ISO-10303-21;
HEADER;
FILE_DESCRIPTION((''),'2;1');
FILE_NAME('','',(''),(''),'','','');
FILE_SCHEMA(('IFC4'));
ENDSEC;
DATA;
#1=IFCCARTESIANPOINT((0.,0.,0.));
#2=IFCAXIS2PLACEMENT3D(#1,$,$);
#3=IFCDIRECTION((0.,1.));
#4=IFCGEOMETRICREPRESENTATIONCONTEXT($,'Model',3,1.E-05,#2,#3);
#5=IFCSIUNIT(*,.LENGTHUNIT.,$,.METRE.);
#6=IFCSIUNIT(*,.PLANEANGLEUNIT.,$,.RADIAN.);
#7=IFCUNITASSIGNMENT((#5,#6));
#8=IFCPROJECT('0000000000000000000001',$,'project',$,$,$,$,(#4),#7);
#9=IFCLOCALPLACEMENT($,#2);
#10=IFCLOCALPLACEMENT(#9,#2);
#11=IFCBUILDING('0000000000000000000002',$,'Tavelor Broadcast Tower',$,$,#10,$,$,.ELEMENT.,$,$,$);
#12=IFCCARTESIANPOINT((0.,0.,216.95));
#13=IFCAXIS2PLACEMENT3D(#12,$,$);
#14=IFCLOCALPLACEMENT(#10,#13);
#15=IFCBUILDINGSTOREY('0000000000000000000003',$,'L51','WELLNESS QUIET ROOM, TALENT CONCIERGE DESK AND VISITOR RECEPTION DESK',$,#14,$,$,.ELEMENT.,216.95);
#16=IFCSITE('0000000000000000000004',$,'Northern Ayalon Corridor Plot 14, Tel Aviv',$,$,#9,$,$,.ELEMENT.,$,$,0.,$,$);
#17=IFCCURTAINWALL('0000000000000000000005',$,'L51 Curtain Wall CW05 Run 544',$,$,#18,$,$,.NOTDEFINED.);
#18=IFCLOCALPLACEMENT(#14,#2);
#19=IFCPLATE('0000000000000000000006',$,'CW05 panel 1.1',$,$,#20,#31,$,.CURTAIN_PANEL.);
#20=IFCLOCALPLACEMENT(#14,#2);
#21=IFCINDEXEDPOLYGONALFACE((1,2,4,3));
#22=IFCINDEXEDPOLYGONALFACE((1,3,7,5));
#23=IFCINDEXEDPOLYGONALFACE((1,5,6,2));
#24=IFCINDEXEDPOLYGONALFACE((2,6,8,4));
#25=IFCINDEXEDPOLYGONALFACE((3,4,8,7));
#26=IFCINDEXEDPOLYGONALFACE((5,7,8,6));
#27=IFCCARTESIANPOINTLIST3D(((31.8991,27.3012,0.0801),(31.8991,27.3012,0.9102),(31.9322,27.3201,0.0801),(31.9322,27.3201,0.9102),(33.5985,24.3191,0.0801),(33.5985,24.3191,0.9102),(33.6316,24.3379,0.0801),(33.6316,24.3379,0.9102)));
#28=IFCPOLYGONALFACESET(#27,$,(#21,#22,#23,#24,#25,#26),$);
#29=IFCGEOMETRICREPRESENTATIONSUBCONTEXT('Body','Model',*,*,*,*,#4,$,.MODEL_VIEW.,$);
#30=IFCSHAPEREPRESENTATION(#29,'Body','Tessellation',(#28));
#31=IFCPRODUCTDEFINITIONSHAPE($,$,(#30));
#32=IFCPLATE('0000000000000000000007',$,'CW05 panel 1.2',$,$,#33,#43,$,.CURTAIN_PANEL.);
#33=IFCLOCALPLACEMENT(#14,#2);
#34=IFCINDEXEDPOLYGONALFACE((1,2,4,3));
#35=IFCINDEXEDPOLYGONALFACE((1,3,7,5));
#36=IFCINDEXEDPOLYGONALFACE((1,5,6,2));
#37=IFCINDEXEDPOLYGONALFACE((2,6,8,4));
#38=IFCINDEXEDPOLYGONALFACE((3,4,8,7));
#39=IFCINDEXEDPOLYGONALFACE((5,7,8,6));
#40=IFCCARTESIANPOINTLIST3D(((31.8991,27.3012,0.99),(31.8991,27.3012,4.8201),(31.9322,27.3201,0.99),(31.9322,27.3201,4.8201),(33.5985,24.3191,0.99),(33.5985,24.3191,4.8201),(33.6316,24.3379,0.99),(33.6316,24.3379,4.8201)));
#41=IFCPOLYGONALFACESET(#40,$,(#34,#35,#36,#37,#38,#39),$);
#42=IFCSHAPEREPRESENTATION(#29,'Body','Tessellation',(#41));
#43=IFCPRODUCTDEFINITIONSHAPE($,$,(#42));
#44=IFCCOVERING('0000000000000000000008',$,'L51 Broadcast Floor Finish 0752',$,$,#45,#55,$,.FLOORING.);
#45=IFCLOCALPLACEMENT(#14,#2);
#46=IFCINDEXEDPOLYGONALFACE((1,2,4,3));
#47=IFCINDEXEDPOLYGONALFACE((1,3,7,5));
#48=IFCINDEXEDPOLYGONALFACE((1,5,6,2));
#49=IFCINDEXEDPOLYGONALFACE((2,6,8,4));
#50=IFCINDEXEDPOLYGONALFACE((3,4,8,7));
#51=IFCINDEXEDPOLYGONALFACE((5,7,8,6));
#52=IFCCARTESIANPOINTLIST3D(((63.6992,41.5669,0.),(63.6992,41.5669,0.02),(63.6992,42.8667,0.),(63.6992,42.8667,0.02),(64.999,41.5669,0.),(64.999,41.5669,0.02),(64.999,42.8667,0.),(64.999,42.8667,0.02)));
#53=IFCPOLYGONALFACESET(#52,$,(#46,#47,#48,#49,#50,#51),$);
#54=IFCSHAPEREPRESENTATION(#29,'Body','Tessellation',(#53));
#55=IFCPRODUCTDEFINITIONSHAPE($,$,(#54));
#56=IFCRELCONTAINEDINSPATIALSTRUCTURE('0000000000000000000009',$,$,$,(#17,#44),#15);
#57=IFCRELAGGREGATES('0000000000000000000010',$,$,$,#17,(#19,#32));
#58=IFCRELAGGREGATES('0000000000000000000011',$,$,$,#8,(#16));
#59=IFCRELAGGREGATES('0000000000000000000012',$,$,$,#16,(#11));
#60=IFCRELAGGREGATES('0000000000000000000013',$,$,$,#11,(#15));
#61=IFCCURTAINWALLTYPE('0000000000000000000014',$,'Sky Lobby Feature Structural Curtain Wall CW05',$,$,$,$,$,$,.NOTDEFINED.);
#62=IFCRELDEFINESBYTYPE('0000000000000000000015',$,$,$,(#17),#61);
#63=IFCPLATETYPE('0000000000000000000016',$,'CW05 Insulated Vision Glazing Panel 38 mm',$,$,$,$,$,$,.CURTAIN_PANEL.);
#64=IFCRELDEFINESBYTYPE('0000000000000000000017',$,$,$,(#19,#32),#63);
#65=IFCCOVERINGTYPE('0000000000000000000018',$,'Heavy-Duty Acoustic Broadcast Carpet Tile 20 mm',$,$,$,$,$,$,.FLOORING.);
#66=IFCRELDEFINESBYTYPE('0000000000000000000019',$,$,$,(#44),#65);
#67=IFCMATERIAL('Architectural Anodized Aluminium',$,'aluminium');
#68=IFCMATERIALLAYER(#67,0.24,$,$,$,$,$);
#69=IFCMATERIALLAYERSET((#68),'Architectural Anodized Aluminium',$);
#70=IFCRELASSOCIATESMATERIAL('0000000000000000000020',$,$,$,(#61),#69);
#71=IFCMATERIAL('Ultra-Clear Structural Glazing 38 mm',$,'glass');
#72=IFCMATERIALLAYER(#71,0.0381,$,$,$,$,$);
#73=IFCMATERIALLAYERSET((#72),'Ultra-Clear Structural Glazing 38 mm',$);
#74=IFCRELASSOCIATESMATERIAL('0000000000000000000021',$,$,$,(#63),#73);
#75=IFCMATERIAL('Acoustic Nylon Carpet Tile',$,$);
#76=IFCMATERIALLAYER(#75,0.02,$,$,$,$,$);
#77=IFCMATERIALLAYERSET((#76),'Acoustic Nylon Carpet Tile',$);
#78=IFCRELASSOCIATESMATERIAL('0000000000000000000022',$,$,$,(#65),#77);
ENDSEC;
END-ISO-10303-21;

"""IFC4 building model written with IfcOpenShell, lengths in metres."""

from ifc_helpers import new_model, si_unit, direction, frame, origin, origin_2d, place, context, subcontext, project, spatial, polyline, rectangle, outline, extrude, source, transform, mapped, material, layer, layer_set, type_object, element, aggregate, save


model = new_model("IFC4")

# Units and contexts
model_context = context("Model", 3, precision=1e-05, world=origin(), true_north=direction((0.0, 1.0)))
body_context = subcontext(model_context, "Body", "Model", "MODEL_VIEW")
ifc_project = project(units=[si_unit("LENGTHUNIT", "METRE"), si_unit("PLANEANGLEUNIT", "RADIAN")], contexts=[model_context])

# Site, building, storey
site_placement = place(None, origin())
site = spatial("IfcSite", under=ifc_project, at=site_placement, Name="Northern Ayalon Corridor Plot 14, Tel Aviv", CompositionType="ELEMENT", RefElevation=0.0)
building_placement = place(site_placement, origin())
building = spatial("IfcBuilding", under=site, at=building_placement, Name="Tavelor Broadcast Tower", CompositionType="ELEMENT")
storey_placement = place(building_placement, frame((0.0, 0.0, 216.95)))
storey = spatial("IfcBuildingStorey", under=building, at=storey_placement, Name="L51", Description="WELLNESS QUIET ROOM, TALENT CONCIERGE DESK AND VISITOR RECEPTION DESK", CompositionType="ELEMENT", Elevation=216.95)

# Shared definitions
ifc_material_1 = material(Name="Architectural Anodized Aluminium", Category="aluminium")
ifc_layer_1 = layer(ifc_material_1, 0.24)
ifc_layer_set_1 = layer_set([ifc_layer_1], Name="Architectural Anodized Aluminium")
curtain_wall_type = type_object("IfcCurtainWallType", Name="Sky Lobby Feature Structural Curtain Wall CW05", PredefinedType="NOTDEFINED", material=ifc_layer_set_1)

# Curtain wall
curtain_wall_1_placement = place(storey_placement, origin())
curtain_wall_1 = element("IfcCurtainWall", 1, at=curtain_wall_1_placement, inside=storey, type_object=curtain_wall_type, Name="L51 Curtain Wall CW05 Run 544", PredefinedType="NOTDEFINED")

# Plates
ifc_material_2 = material(Name="Ultra-Clear Structural Glazing 38 mm", Category="glass")
ifc_layer_2 = layer(ifc_material_2, 0.0381)
ifc_layer_set_2 = layer_set([ifc_layer_2], Name="Ultra-Clear Structural Glazing 38 mm")
plate_type = type_object("IfcPlateType", Name="CW05 Insulated Vision Glazing Panel 38 mm", PredefinedType="CURTAIN_PANEL", material=ifc_layer_set_2)
shared_shape_1 = source(origin(), body_context, "Body", "SweptSolid", [
    extrude(rectangle(XDim=3.4324, YDim=0.0381, at=origin_2d()), origin(), (0.0, 0.0, 1.0), 0.8301),
])
plate_1_placement = place(storey_placement, frame((32.7654, 25.8196, 0.0801), z_axis=(0.0, 0.0, 1.0), x_axis=(0.495102, -0.868835, 0.0)))
plate_1 = element("IfcPlate", 2, at=plate_1_placement, type_object=plate_type, Name="CW05 panel 1.1", PredefinedType="CURTAIN_PANEL", context=body_context, shape_type="MappedRepresentation", body=[
    mapped(shared_shape_1, transform((0.0, 0.0, 0.0), scale=1.0)),
])
shared_shape_2 = source(origin(), body_context, "Body", "SweptSolid", [
    extrude(rectangle(XDim=3.4324, YDim=0.0381, at=origin_2d()), origin(), (0.0, 0.0, 1.0), 3.8301),
])
plate_2_placement = place(storey_placement, frame((32.7654, 25.8196, 0.99), z_axis=(0.0, 0.0, 1.0), x_axis=(0.495102, -0.868835, 0.0)))
plate_2 = element("IfcPlate", 3, at=plate_2_placement, type_object=plate_type, Name="CW05 panel 1.2", PredefinedType="CURTAIN_PANEL", context=body_context, shape_type="MappedRepresentation", body=[
    mapped(shared_shape_2, transform((0.0, 0.0, 0.0), scale=1.0)),
])
aggregate(curtain_wall_1, [plate_1, plate_2])

# Covering
ifc_material_3 = material(Name="Acoustic Nylon Carpet Tile")
ifc_layer_3 = layer(ifc_material_3, 0.02)
ifc_layer_set_3 = layer_set([ifc_layer_3], Name="Acoustic Nylon Carpet Tile")
covering_type = type_object("IfcCoveringType", Name="Heavy-Duty Acoustic Broadcast Carpet Tile 20 mm", PredefinedType="FLOORING", material=ifc_layer_set_3)
covering_placement = place(storey_placement, origin())
element("IfcCovering", 4, at=covering_placement, inside=storey, type_object=covering_type, Name="L51 Broadcast Floor Finish 0752", PredefinedType="FLOORING", context=body_context, shape_type="SweptSolid", body=[
    extrude(outline(polyline([(63.6992, 41.5669), (64.999, 41.5669), (64.999, 42.8667), (63.6992, 42.8667), (63.6992, 41.5669)])), origin(), (0.0, 0.0, 1.0), 0.02),
])

save(model, "model.ifc")
